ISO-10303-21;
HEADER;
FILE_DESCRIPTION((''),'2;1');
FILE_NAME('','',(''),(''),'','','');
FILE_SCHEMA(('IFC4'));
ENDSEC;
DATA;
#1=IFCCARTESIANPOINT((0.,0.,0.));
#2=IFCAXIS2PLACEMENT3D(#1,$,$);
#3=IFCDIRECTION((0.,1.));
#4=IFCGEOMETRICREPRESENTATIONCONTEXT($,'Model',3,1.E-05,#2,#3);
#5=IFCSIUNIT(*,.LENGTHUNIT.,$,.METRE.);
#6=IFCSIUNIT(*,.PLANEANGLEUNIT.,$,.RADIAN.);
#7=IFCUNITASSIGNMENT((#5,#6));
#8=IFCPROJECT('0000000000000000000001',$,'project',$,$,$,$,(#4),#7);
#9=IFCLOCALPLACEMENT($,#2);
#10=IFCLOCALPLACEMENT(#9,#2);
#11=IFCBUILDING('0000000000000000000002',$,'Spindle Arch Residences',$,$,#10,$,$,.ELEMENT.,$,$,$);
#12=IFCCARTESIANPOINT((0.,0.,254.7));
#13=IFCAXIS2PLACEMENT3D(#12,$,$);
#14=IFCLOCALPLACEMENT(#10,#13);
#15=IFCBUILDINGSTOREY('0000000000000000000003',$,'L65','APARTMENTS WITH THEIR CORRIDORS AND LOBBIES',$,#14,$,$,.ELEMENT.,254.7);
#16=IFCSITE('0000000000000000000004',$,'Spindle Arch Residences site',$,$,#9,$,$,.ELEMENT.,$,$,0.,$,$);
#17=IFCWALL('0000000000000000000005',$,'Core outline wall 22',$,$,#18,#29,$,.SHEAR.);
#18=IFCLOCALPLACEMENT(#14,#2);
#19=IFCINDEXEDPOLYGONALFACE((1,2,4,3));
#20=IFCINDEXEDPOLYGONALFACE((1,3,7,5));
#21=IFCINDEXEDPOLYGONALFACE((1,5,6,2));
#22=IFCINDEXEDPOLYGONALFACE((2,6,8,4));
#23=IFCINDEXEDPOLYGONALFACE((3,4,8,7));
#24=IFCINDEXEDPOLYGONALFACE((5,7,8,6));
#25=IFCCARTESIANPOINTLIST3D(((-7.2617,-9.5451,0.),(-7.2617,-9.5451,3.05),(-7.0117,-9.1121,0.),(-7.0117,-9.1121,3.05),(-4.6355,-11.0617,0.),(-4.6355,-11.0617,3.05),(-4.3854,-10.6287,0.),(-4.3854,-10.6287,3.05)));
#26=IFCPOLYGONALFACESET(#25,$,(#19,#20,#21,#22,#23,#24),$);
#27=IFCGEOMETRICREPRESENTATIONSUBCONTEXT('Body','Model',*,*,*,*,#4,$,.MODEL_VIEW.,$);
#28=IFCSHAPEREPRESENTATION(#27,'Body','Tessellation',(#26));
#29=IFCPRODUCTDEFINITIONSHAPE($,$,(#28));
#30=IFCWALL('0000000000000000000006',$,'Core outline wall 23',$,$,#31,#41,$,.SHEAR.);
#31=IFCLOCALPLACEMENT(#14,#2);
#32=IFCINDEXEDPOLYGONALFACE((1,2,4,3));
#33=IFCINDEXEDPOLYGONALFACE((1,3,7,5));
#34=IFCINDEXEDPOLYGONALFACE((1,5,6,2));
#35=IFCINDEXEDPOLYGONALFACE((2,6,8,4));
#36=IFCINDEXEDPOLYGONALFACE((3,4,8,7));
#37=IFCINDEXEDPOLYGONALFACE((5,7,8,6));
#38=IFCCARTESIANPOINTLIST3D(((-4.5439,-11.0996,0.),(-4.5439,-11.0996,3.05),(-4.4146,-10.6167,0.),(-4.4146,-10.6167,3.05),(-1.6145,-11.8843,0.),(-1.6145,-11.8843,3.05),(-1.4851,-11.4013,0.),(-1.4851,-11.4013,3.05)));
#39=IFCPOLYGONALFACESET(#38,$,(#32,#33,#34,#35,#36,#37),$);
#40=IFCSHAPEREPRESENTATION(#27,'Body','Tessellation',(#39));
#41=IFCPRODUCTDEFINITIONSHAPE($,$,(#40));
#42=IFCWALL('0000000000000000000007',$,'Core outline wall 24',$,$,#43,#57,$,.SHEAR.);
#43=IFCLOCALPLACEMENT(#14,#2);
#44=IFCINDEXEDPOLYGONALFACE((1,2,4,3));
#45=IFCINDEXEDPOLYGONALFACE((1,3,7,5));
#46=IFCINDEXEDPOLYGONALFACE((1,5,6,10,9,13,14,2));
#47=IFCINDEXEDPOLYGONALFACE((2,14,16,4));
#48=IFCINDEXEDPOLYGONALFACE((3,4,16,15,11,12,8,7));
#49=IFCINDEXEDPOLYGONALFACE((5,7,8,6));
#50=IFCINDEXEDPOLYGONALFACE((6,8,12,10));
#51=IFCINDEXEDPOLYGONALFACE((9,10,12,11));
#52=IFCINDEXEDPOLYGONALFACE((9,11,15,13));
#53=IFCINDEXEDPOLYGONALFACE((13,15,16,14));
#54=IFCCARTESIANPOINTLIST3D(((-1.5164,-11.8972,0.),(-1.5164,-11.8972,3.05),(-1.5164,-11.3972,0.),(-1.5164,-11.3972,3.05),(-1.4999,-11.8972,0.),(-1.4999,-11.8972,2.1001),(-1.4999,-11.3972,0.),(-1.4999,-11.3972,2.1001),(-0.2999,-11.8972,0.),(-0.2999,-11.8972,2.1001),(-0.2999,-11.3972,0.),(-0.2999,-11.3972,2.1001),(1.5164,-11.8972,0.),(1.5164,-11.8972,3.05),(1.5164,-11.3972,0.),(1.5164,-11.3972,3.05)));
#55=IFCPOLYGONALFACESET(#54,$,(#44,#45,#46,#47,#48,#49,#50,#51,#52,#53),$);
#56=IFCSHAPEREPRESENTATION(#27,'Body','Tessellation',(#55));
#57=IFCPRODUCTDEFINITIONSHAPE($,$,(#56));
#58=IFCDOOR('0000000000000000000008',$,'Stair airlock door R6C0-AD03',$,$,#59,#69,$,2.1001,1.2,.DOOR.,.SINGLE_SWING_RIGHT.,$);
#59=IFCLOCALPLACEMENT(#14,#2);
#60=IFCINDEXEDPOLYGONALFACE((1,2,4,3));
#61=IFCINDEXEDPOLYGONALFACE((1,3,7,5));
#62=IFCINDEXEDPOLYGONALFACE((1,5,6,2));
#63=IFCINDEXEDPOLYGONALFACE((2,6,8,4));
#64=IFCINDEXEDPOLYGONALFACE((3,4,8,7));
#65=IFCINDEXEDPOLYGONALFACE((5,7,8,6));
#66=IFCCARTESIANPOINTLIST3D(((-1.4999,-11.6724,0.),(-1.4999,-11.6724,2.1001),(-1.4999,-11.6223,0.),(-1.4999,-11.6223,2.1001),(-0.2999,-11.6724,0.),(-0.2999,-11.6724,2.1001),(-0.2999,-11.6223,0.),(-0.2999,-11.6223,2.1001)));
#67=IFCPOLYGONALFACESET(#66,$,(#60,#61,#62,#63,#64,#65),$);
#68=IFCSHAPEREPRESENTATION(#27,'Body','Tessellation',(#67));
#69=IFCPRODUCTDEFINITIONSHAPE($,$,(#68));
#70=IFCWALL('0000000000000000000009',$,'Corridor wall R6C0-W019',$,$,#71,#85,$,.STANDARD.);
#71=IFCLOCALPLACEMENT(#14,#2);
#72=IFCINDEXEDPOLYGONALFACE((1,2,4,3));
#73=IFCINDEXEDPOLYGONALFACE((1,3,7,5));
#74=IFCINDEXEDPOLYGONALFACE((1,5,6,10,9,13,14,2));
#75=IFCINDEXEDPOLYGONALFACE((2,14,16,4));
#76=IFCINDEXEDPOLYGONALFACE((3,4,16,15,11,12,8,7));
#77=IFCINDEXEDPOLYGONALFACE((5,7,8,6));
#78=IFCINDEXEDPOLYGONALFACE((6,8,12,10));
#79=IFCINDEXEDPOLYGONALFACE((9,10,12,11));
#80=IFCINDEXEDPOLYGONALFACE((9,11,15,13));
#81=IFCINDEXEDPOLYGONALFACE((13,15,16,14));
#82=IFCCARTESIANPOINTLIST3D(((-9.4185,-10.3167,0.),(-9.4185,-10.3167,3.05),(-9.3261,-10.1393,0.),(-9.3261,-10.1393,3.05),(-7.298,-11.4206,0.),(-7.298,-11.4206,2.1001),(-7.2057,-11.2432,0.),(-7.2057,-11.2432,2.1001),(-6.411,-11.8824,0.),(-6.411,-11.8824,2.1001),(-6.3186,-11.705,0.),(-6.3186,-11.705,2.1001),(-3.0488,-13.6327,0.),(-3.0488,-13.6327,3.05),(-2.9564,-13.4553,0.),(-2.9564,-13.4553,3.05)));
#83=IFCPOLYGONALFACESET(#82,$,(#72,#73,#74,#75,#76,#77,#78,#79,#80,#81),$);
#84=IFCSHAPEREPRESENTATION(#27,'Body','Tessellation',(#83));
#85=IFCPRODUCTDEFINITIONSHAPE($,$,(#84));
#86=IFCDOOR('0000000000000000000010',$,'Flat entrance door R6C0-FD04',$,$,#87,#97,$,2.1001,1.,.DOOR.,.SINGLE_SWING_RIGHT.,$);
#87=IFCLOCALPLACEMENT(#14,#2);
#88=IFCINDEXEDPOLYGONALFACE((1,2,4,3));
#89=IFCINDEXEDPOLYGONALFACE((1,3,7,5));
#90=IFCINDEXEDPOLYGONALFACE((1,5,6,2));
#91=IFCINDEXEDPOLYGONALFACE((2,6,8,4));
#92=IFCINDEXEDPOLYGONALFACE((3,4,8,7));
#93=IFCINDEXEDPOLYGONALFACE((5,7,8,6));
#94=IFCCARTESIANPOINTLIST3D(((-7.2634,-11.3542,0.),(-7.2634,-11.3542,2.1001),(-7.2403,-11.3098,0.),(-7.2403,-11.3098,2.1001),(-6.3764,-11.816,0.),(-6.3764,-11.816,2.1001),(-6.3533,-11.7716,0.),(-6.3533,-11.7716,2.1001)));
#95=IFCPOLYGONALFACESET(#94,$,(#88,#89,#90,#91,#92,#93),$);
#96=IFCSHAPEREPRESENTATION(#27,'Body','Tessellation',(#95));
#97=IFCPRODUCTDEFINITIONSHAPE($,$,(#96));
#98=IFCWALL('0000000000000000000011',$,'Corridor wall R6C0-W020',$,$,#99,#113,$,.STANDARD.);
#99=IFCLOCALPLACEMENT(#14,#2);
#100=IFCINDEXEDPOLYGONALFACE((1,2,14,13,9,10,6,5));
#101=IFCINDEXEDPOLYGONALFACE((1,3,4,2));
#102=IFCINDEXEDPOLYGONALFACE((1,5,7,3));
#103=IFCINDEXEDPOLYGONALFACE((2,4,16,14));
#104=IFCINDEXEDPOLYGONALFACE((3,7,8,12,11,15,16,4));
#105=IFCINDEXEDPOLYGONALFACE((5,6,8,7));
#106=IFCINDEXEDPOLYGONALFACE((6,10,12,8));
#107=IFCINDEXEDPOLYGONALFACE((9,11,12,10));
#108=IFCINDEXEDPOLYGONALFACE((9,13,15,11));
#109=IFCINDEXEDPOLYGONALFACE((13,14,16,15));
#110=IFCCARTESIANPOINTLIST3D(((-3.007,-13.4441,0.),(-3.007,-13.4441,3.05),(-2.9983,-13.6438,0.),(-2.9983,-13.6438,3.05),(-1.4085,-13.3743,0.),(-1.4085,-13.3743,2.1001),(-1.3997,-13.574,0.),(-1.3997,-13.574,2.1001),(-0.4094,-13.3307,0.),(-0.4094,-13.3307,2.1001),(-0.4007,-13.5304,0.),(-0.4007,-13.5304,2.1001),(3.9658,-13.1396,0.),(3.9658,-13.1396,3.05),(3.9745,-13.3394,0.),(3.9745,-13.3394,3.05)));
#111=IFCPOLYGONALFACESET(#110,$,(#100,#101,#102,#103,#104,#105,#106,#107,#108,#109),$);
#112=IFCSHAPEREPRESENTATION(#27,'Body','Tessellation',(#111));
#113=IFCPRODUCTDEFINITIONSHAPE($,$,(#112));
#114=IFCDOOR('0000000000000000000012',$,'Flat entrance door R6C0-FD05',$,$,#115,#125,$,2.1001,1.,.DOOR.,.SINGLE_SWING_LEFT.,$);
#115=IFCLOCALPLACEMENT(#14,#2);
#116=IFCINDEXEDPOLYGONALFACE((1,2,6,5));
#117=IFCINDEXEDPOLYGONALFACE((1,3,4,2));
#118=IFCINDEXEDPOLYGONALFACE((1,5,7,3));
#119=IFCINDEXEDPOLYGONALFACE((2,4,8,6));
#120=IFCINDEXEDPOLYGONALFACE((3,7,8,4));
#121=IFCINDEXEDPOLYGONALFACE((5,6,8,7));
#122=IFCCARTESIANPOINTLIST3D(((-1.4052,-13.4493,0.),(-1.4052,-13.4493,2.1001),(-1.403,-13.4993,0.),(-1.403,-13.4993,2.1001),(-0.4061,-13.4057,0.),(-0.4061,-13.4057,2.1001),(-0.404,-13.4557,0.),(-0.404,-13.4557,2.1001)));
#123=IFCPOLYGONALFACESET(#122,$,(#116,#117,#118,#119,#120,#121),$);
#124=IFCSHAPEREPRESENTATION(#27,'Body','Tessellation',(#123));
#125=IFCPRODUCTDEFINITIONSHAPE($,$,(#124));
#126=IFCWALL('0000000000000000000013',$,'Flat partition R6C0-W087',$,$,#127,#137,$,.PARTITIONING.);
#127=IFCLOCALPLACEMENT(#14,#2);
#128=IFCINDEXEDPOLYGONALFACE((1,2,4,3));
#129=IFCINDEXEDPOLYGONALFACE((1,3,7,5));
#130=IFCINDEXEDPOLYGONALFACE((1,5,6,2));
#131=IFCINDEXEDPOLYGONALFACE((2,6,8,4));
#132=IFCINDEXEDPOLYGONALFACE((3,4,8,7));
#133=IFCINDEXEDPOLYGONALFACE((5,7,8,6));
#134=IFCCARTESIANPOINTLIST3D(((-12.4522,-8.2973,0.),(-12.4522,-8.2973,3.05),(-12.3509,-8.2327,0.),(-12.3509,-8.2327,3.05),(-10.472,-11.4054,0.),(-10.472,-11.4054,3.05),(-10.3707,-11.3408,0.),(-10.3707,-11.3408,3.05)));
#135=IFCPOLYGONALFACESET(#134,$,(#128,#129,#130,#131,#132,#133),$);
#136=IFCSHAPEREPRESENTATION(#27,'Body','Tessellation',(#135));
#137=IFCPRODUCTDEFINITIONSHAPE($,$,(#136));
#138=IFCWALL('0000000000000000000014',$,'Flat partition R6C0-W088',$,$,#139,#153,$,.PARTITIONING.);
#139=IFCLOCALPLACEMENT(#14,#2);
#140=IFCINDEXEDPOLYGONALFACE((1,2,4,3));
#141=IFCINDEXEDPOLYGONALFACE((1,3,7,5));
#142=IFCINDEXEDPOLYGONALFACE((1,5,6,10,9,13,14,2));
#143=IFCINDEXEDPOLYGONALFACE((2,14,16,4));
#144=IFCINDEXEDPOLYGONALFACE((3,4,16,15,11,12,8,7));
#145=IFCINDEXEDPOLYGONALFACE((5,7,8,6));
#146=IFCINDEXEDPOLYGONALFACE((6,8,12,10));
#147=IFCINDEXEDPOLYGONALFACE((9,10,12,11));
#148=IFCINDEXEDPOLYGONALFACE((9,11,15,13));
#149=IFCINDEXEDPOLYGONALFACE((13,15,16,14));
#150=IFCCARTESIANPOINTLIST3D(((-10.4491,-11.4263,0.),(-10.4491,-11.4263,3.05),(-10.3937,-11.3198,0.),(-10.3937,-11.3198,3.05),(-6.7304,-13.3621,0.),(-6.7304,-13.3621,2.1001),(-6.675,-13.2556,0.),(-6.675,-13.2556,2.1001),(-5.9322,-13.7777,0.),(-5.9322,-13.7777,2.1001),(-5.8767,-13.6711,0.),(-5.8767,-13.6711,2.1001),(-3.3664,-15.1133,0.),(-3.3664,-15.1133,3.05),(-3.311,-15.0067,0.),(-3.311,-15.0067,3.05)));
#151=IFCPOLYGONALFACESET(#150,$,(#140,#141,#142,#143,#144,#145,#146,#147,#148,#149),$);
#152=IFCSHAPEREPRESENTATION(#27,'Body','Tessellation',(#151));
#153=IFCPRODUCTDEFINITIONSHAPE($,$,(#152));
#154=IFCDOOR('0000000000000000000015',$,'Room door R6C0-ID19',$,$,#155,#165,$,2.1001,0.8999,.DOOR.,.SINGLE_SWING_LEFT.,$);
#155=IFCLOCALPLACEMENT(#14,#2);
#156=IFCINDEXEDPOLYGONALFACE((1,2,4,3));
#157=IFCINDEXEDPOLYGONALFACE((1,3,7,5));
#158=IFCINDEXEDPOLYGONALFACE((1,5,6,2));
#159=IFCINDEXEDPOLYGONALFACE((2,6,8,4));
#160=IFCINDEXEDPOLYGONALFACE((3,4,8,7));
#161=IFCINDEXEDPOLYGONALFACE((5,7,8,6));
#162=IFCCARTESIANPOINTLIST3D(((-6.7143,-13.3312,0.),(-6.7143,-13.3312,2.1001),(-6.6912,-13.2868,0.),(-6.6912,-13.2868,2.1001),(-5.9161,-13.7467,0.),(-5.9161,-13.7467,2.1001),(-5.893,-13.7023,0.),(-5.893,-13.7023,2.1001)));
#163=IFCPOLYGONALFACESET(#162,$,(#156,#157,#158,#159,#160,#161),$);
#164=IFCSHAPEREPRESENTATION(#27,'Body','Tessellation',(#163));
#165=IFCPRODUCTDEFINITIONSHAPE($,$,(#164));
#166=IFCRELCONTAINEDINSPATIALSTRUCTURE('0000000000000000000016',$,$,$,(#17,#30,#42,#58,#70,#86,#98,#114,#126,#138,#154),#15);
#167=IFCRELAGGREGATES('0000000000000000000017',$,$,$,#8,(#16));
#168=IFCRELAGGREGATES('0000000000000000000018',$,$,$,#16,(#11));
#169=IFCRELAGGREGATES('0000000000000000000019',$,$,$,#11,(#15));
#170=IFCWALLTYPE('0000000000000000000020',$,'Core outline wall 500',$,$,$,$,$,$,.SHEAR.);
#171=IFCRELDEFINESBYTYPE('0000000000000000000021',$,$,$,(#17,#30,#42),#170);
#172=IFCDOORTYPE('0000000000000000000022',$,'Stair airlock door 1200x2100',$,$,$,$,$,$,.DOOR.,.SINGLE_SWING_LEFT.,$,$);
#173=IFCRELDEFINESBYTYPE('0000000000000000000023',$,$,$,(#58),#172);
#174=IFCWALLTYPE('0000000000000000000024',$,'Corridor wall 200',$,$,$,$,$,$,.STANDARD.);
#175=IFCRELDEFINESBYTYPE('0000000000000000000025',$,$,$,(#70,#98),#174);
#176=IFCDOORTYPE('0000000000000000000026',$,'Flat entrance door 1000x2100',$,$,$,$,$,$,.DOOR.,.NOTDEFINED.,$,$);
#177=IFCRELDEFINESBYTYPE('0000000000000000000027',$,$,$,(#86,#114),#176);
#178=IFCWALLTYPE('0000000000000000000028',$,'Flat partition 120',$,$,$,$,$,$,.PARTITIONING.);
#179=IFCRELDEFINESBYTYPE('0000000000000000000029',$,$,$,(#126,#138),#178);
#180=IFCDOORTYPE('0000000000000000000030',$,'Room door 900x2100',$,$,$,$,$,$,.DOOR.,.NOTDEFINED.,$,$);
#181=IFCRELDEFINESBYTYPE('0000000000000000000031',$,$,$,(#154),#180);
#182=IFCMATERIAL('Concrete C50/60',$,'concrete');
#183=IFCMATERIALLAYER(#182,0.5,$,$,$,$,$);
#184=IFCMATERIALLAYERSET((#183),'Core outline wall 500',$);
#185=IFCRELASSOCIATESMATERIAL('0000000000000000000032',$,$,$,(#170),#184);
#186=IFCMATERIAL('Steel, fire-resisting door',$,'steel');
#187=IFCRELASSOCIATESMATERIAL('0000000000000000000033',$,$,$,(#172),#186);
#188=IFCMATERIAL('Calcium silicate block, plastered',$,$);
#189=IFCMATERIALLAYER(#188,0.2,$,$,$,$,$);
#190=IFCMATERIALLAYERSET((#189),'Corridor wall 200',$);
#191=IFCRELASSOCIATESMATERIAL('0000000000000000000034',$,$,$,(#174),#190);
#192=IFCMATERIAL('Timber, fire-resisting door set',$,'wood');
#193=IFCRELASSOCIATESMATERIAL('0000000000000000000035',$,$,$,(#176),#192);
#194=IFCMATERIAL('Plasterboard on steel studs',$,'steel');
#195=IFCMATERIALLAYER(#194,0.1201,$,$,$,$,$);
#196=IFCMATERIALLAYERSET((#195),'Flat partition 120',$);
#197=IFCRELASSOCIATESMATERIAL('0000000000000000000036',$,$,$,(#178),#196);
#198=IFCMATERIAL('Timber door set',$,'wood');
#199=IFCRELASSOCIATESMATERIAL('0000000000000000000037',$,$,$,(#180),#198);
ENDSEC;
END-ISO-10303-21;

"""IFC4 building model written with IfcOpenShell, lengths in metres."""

from ifc_helpers import new_model, si_unit, direction, frame, frame_2d, origin, place, context, subcontext, project, spatial, rectangle, extrude, material, layer, layer_set, type_object, element, fill, save


model = new_model("IFC4")

# Units and contexts
model_context = context("Model", 3, precision=1e-05, world=origin(), true_north=direction((0.0, 1.0)))
body_context = subcontext(model_context, "Body", "Model", "MODEL_VIEW")
ifc_project = project(units=[si_unit("LENGTHUNIT", "METRE"), si_unit("PLANEANGLEUNIT", "RADIAN")], contexts=[model_context])

# Site, building, storey
site_placement = place(None, origin())
site = spatial("IfcSite", under=ifc_project, at=site_placement, Name="Spindle Arch Residences site", CompositionType="ELEMENT", RefElevation=0.0)
building_placement = place(site_placement, origin())
building = spatial("IfcBuilding", under=site, at=building_placement, Name="Spindle Arch Residences", CompositionType="ELEMENT")
storey_placement = place(building_placement, frame((0.0, 0.0, 254.7)))
storey = spatial("IfcBuildingStorey", under=building, at=storey_placement, Name="L65", Description="APARTMENTS WITH THEIR CORRIDORS AND LOBBIES", CompositionType="ELEMENT", Elevation=254.7)

# Walls
ifc_material_1 = material(Name="Concrete C50/60", Category="concrete")
ifc_layer_1 = layer(ifc_material_1, 0.5)
ifc_layer_set_1 = layer_set([ifc_layer_1], Name="Core outline wall 500")
wall_type_1 = type_object("IfcWallType", Name="Core outline wall 500", PredefinedType="SHEAR", material=ifc_layer_set_1)
for number, where, z_axis, x_axis, name in (
    (1, (-7.1367, -9.3286, 0.0), (0.0, 0.0, 1.0), (0.865975, -0.500087, 0.0), "Core outline wall 22"),
    (2, (-4.4792, -10.8582, 0.0), (0.0, 0.0, 1.0), (0.965948, -0.258735, 0.0), "Core outline wall 23"),
):
    element("IfcWall", number, at=place(storey_placement, frame(where, z_axis=z_axis, x_axis=x_axis)), inside=storey, type_object=wall_type_1, Name=name, PredefinedType="SHEAR", context=body_context, shape_type="SweptSolid", body=[
        extrude(rectangle(XDim=3.0327, YDim=0.5, at=frame_2d((1.5164, 0.0))), origin(), (0.0, 0.0, 1.0), 3.05),
    ])

# Walls, openings, doors
wall_1_placement = place(storey_placement, frame((-1.5164, -11.6472, 0.0), z_axis=(0.0, 0.0, 1.0), x_axis=(1.0, 0.0, 0.0)))
wall_1 = element("IfcWall", 3, at=wall_1_placement, inside=storey, type_object=wall_type_1, Name="Core outline wall 24", PredefinedType="SHEAR", context=body_context, shape_type="SweptSolid", body=[
    extrude(rectangle(XDim=3.0327, YDim=0.5, at=frame_2d((1.5164, 0.0))), origin(), (0.0, 0.0, 1.0), 3.05),
])
opening_1_placement = place(wall_1_placement, frame((0.0164, 0.0, 0.0)))
opening_1 = element("IfcOpeningElement", 4, at=opening_1_placement, cuts=wall_1, PredefinedType="OPENING", context=body_context, shape_type="SweptSolid", body=[
    extrude(rectangle(XDim=1.2, YDim=2.1001, at=frame_2d((0.6001, 1.05))), frame((0.0, 0.26, 0.0), z_axis=(0.0, -1.0, 0.0), x_axis=(1.0, 0.0, 0.0)), (0.0, 0.0, 1.0), 0.52),
])
ifc_material_2 = material(Name="Steel, fire-resisting door", Category="steel")
door_type_1 = type_object("IfcDoorType", Name="Stair airlock door 1200x2100", OperationType="SINGLE_SWING_LEFT", PredefinedType="DOOR", material=ifc_material_2)
door_1_placement = place(opening_1_placement, origin())
door_1 = element("IfcDoor", 5, at=door_1_placement, inside=storey, type_object=door_type_1, Name="Stair airlock door R6C0-AD03", OperationType="SINGLE_SWING_RIGHT", OverallHeight=2.1001, OverallWidth=1.2, PredefinedType="DOOR", context=body_context, shape_type="SweptSolid", body=[
    extrude(rectangle(XDim=1.2, YDim=2.1001, at=frame_2d((0.6001, 1.05))), frame((0.0, 0.0249, 0.0), z_axis=(0.0, -1.0, 0.0), x_axis=(1.0, 0.0, 0.0)), (0.0, 0.0, 1.0), 0.05),
])
fill(opening_1, door_1)
ifc_material_3 = material(Name="Calcium silicate block, plastered")
ifc_layer_2 = layer(ifc_material_3, 0.2)
ifc_layer_set_2 = layer_set([ifc_layer_2], Name="Corridor wall 200")
wall_type_2 = type_object("IfcWallType", Name="Corridor wall 200", PredefinedType="STANDARD", material=ifc_layer_set_2)
wall_2_placement = place(storey_placement, frame((-9.3723, -10.228, 0.0), z_axis=(0.0, 0.0, 1.0), x_axis=(0.887005, -0.461759, 0.0)))
wall_2 = element("IfcWall", 6, at=wall_2_placement, inside=storey, type_object=wall_type_2, Name="Corridor wall R6C0-W019", PredefinedType="STANDARD", context=body_context, shape_type="SweptSolid", body=[
    extrude(rectangle(XDim=7.1812, YDim=0.2, at=frame_2d((3.5906, 0.0))), origin(), (0.0, 0.0, 1.0), 3.05),
])
opening_2_placement = place(wall_2_placement, frame((2.3906, 0.0, 0.0)))
opening_2 = element("IfcOpeningElement", 7, at=opening_2_placement, cuts=wall_2, PredefinedType="OPENING", context=body_context, shape_type="SweptSolid", body=[
    extrude(rectangle(XDim=1.0, YDim=2.1001, at=frame_2d((0.5, 1.05))), frame((0.0, 0.1099, 0.0), z_axis=(0.0, -1.0, 0.0), x_axis=(1.0, 0.0, 0.0)), (0.0, 0.0, 1.0), 0.22),
])
ifc_material_4 = material(Name="Timber, fire-resisting door set", Category="wood")
door_type_2 = type_object("IfcDoorType", Name="Flat entrance door 1000x2100", OperationType="NOTDEFINED", PredefinedType="DOOR", material=ifc_material_4)
door_2_placement = place(opening_2_placement, origin())
door_2 = element("IfcDoor", 8, at=door_2_placement, inside=storey, type_object=door_type_2, Name="Flat entrance door R6C0-FD04", OperationType="SINGLE_SWING_RIGHT", OverallHeight=2.1001, OverallWidth=1.0, PredefinedType="DOOR", context=body_context, shape_type="SweptSolid", body=[
    extrude(rectangle(XDim=1.0, YDim=2.1001, at=frame_2d((0.5, 1.05))), frame((0.0, 0.0249, 0.0), z_axis=(0.0, -1.0, 0.0), x_axis=(1.0, 0.0, 0.0)), (0.0, 0.0, 1.0), 0.05),
])
fill(opening_2, door_2)
wall_3_placement = place(storey_placement, frame((-3.0027, -13.5439, 0.0), z_axis=(0.0, 0.0, 1.0), x_axis=(0.999048, 0.043619, 0.0)))
wall_3 = element("IfcWall", 9, at=wall_3_placement, inside=storey, type_object=wall_type_2, Name="Corridor wall R6C0-W020", PredefinedType="STANDARD", context=body_context, shape_type="SweptSolid", body=[
    extrude(rectangle(XDim=6.9795, YDim=0.2, at=frame_2d((3.4897, 0.0))), origin(), (0.0, 0.0, 1.0), 3.05),
])
opening_3_placement = place(wall_3_placement, frame((1.6001, 0.0, 0.0)))
opening_3 = element("IfcOpeningElement", 10, at=opening_3_placement, cuts=wall_3, PredefinedType="OPENING", context=body_context, shape_type="SweptSolid", body=[
    extrude(rectangle(XDim=1.0, YDim=2.1001, at=frame_2d((0.5, 1.05))), frame((0.0, 0.1099, 0.0), z_axis=(0.0, -1.0, 0.0), x_axis=(1.0, 0.0, 0.0)), (0.0, 0.0, 1.0), 0.22),
])
door_3_placement = place(opening_3_placement, origin())
door_3 = element("IfcDoor", 11, at=door_3_placement, inside=storey, type_object=door_type_2, Name="Flat entrance door R6C0-FD05", OperationType="SINGLE_SWING_LEFT", OverallHeight=2.1001, OverallWidth=1.0, PredefinedType="DOOR", context=body_context, shape_type="SweptSolid", body=[
    extrude(rectangle(XDim=1.0, YDim=2.1001, at=frame_2d((0.5, 1.05))), frame((0.0, 0.0249, 0.0), z_axis=(0.0, -1.0, 0.0), x_axis=(1.0, 0.0, 0.0)), (0.0, 0.0, 1.0), 0.05),
])
fill(opening_3, door_3)

# Wall
ifc_material_5 = material(Name="Plasterboard on steel studs", Category="steel")
ifc_layer_3 = layer(ifc_material_5, 0.1201)
ifc_layer_set_3 = layer_set([ifc_layer_3], Name="Flat partition 120")
wall_type_3 = type_object("IfcWallType", Name="Flat partition 120", PredefinedType="PARTITIONING", material=ifc_layer_set_3)
wall_4_placement = place(storey_placement, frame((-12.4016, -8.2649, 0.0), z_axis=(0.0, 0.0, 1.0), x_axis=(0.537321, -0.843378, 0.0)))
element("IfcWall", 12, at=wall_4_placement, inside=storey, type_object=wall_type_3, Name="Flat partition R6C0-W087", PredefinedType="PARTITIONING", context=body_context, shape_type="SweptSolid", body=[
    extrude(rectangle(XDim=3.6853, YDim=0.1201, at=frame_2d((1.8428, 0.0))), origin(), (0.0, 0.0, 1.0), 3.05),
])

# Wall, opening, door
wall_5_placement = place(storey_placement, frame((-10.4214, -11.373, 0.0), z_axis=(0.0, 0.0, 1.0), x_axis=(0.887013, -0.461745, 0.0)))
wall_5 = element("IfcWall", 13, at=wall_5_placement, inside=storey, type_object=wall_type_3, Name="Flat partition R6C0-W088", PredefinedType="PARTITIONING", context=body_context, shape_type="SweptSolid", body=[
    extrude(rectangle(XDim=7.9849, YDim=0.1201, at=frame_2d((3.9924, 0.0))), origin(), (0.0, 0.0, 1.0), 3.05),
])
opening_4_placement = place(wall_5_placement, frame((4.1924, 0.0, 0.0)))
opening_4 = element("IfcOpeningElement", 14, at=opening_4_placement, cuts=wall_5, PredefinedType="OPENING", context=body_context, shape_type="SweptSolid", body=[
    extrude(rectangle(XDim=0.8999, YDim=2.1001, at=frame_2d((0.45, 1.05))), frame((0.0, 0.0701, 0.0), z_axis=(0.0, -1.0, 0.0), x_axis=(1.0, 0.0, 0.0)), (0.0, 0.0, 1.0), 0.1401),
])
ifc_material_6 = material(Name="Timber door set", Category="wood")
door_type_3 = type_object("IfcDoorType", Name="Room door 900x2100", OperationType="NOTDEFINED", PredefinedType="DOOR", material=ifc_material_6)
door_4_placement = place(opening_4_placement, origin())
door_4 = element("IfcDoor", 15, at=door_4_placement, inside=storey, type_object=door_type_3, Name="Room door R6C0-ID19", OperationType="SINGLE_SWING_LEFT", OverallHeight=2.1001, OverallWidth=0.8999, PredefinedType="DOOR", context=body_context, shape_type="SweptSolid", body=[
    extrude(rectangle(XDim=0.8999, YDim=2.1001, at=frame_2d((0.45, 1.05))), frame((0.0, 0.0249, 0.0), z_axis=(0.0, -1.0, 0.0), x_axis=(1.0, 0.0, 0.0)), (0.0, 0.0, 1.0), 0.05),
])
fill(opening_4, door_4)

save(model, "model.ifc")
